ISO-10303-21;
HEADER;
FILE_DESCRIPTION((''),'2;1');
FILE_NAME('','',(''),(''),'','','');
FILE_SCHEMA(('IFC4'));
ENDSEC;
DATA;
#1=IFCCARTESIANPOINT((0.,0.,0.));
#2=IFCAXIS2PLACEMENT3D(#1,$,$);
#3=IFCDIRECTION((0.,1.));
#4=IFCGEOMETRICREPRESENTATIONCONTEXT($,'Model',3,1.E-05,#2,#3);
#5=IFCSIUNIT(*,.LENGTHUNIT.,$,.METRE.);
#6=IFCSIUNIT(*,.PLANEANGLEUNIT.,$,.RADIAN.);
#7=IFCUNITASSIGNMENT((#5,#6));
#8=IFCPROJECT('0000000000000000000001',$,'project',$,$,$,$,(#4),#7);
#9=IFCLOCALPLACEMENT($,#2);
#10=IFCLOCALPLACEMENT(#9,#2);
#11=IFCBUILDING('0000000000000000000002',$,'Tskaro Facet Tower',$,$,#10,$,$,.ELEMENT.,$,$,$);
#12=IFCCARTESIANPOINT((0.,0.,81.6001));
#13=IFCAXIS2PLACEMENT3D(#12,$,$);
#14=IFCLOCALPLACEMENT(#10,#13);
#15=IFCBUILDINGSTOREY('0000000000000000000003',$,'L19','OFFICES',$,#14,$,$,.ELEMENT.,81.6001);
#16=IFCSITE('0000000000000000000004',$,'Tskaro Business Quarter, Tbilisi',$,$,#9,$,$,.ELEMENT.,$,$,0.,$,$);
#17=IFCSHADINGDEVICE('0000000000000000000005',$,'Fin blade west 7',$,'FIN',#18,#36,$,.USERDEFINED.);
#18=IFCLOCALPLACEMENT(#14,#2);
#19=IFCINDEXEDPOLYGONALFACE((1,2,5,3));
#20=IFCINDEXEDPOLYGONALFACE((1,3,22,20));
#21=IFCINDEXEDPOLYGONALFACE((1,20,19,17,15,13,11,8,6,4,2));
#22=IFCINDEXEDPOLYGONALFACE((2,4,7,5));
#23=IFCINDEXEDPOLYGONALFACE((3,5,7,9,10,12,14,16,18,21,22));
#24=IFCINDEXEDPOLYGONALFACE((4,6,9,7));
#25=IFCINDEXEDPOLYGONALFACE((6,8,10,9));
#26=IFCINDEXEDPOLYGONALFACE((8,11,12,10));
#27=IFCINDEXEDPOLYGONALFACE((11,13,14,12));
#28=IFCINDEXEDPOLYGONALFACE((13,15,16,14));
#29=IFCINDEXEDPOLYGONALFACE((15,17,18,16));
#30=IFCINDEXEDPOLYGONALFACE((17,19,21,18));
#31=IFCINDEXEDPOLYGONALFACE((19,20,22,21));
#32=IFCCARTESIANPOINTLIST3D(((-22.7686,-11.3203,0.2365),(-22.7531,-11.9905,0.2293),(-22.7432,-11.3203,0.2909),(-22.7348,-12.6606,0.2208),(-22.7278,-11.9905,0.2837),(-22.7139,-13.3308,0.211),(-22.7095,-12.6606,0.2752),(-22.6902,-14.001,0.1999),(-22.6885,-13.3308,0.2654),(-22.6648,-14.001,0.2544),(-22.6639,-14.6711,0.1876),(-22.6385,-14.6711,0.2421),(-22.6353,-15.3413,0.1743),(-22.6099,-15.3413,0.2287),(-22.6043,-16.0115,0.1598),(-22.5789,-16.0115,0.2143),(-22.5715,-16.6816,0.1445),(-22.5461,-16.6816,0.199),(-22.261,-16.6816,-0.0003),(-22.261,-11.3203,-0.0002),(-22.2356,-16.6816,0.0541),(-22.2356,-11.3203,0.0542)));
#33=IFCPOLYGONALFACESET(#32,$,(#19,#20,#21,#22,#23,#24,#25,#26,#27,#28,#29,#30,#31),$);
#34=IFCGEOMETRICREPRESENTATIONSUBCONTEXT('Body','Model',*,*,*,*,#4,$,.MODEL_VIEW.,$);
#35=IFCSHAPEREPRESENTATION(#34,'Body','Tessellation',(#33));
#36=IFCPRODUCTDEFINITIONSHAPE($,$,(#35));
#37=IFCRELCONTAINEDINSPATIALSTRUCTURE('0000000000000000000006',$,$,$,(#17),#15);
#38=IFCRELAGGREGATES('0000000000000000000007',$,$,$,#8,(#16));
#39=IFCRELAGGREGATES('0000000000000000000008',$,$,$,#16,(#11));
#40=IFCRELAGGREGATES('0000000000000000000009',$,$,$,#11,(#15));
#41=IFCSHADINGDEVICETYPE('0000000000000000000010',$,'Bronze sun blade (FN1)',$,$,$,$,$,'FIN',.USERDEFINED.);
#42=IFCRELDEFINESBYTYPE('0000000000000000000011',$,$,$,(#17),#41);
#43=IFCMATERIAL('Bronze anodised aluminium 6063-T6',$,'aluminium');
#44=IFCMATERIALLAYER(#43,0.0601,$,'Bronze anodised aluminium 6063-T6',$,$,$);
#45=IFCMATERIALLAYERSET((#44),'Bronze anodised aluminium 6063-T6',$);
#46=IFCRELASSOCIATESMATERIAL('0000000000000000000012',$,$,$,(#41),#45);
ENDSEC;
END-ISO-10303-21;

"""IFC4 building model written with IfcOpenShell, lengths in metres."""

from ifc_helpers import new_model, si_unit, direction, frame, origin, place, context, subcontext, project, spatial, polyline, outline, extrude, material, layer, layer_set, type_object, element, save


model = new_model("IFC4")

# Units and contexts
model_context = context("Model", 3, precision=1e-05, world=origin(), true_north=direction((0.0, 1.0)))
body_context = subcontext(model_context, "Body", "Model", "MODEL_VIEW")
ifc_project = project(units=[si_unit("LENGTHUNIT", "METRE"), si_unit("PLANEANGLEUNIT", "RADIAN")], contexts=[model_context])

# Site, building, storey
site_placement = place(None, origin())
site = spatial("IfcSite", under=ifc_project, at=site_placement, Name="Tskaro Business Quarter, Tbilisi", CompositionType="ELEMENT", RefElevation=0.0)
building_placement = place(site_placement, origin())
building = spatial("IfcBuilding", under=site, at=building_placement, Name="Tskaro Facet Tower", CompositionType="ELEMENT")
storey_placement = place(building_placement, frame((0.0, 0.0, 81.6001)))
storey = spatial("IfcBuildingStorey", under=building, at=storey_placement, Name="L19", Description="OFFICES", CompositionType="ELEMENT", Elevation=81.6001)

# Shared definitions
ifc_material_1 = material(Name="Bronze anodised aluminium 6063-T6", Category="aluminium")

# Shading device
ifc_layer_1 = layer(ifc_material_1, 0.0601, Name="Bronze anodised aluminium 6063-T6")
ifc_layer_set_1 = layer_set([ifc_layer_1], Name="Bronze anodised aluminium 6063-T6")
shading_device_type = type_object("IfcShadingDeviceType", Name="Bronze sun blade (FN1)", ElementType="FIN", PredefinedType="USERDEFINED", material=ifc_layer_set_1)
shading_device_1_placement = place(storey_placement, frame((-22.2356, -11.3203, 0.0542), z_axis=(0.422692, -0.000012, 0.906273), x_axis=(-0.000005, -1.0, -0.000011)))
element("IfcShadingDevice", 1, at=shading_device_1_placement, inside=storey, type_object=shading_device_type, Name="Fin blade west 7", ObjectType="FIN", PredefinedType="USERDEFINED", context=body_context, shape_type="SweptSolid", body=[
    extrude(outline(polyline([(0.0, 0.0), (5.3613, 0.0), (5.3613, -0.3426), (4.6912, -0.3788), (4.021, -0.413), (3.3508, -0.4445), (2.6807, -0.4736), (2.0105, -0.4997), (1.3403, -0.5229), (0.6702, -0.5431), (0.0, -0.5601), (0.0, 0.0)])), origin(), (0.0, 0.0, -1.0), 0.0601),
])

save(model, "model.ifc")
